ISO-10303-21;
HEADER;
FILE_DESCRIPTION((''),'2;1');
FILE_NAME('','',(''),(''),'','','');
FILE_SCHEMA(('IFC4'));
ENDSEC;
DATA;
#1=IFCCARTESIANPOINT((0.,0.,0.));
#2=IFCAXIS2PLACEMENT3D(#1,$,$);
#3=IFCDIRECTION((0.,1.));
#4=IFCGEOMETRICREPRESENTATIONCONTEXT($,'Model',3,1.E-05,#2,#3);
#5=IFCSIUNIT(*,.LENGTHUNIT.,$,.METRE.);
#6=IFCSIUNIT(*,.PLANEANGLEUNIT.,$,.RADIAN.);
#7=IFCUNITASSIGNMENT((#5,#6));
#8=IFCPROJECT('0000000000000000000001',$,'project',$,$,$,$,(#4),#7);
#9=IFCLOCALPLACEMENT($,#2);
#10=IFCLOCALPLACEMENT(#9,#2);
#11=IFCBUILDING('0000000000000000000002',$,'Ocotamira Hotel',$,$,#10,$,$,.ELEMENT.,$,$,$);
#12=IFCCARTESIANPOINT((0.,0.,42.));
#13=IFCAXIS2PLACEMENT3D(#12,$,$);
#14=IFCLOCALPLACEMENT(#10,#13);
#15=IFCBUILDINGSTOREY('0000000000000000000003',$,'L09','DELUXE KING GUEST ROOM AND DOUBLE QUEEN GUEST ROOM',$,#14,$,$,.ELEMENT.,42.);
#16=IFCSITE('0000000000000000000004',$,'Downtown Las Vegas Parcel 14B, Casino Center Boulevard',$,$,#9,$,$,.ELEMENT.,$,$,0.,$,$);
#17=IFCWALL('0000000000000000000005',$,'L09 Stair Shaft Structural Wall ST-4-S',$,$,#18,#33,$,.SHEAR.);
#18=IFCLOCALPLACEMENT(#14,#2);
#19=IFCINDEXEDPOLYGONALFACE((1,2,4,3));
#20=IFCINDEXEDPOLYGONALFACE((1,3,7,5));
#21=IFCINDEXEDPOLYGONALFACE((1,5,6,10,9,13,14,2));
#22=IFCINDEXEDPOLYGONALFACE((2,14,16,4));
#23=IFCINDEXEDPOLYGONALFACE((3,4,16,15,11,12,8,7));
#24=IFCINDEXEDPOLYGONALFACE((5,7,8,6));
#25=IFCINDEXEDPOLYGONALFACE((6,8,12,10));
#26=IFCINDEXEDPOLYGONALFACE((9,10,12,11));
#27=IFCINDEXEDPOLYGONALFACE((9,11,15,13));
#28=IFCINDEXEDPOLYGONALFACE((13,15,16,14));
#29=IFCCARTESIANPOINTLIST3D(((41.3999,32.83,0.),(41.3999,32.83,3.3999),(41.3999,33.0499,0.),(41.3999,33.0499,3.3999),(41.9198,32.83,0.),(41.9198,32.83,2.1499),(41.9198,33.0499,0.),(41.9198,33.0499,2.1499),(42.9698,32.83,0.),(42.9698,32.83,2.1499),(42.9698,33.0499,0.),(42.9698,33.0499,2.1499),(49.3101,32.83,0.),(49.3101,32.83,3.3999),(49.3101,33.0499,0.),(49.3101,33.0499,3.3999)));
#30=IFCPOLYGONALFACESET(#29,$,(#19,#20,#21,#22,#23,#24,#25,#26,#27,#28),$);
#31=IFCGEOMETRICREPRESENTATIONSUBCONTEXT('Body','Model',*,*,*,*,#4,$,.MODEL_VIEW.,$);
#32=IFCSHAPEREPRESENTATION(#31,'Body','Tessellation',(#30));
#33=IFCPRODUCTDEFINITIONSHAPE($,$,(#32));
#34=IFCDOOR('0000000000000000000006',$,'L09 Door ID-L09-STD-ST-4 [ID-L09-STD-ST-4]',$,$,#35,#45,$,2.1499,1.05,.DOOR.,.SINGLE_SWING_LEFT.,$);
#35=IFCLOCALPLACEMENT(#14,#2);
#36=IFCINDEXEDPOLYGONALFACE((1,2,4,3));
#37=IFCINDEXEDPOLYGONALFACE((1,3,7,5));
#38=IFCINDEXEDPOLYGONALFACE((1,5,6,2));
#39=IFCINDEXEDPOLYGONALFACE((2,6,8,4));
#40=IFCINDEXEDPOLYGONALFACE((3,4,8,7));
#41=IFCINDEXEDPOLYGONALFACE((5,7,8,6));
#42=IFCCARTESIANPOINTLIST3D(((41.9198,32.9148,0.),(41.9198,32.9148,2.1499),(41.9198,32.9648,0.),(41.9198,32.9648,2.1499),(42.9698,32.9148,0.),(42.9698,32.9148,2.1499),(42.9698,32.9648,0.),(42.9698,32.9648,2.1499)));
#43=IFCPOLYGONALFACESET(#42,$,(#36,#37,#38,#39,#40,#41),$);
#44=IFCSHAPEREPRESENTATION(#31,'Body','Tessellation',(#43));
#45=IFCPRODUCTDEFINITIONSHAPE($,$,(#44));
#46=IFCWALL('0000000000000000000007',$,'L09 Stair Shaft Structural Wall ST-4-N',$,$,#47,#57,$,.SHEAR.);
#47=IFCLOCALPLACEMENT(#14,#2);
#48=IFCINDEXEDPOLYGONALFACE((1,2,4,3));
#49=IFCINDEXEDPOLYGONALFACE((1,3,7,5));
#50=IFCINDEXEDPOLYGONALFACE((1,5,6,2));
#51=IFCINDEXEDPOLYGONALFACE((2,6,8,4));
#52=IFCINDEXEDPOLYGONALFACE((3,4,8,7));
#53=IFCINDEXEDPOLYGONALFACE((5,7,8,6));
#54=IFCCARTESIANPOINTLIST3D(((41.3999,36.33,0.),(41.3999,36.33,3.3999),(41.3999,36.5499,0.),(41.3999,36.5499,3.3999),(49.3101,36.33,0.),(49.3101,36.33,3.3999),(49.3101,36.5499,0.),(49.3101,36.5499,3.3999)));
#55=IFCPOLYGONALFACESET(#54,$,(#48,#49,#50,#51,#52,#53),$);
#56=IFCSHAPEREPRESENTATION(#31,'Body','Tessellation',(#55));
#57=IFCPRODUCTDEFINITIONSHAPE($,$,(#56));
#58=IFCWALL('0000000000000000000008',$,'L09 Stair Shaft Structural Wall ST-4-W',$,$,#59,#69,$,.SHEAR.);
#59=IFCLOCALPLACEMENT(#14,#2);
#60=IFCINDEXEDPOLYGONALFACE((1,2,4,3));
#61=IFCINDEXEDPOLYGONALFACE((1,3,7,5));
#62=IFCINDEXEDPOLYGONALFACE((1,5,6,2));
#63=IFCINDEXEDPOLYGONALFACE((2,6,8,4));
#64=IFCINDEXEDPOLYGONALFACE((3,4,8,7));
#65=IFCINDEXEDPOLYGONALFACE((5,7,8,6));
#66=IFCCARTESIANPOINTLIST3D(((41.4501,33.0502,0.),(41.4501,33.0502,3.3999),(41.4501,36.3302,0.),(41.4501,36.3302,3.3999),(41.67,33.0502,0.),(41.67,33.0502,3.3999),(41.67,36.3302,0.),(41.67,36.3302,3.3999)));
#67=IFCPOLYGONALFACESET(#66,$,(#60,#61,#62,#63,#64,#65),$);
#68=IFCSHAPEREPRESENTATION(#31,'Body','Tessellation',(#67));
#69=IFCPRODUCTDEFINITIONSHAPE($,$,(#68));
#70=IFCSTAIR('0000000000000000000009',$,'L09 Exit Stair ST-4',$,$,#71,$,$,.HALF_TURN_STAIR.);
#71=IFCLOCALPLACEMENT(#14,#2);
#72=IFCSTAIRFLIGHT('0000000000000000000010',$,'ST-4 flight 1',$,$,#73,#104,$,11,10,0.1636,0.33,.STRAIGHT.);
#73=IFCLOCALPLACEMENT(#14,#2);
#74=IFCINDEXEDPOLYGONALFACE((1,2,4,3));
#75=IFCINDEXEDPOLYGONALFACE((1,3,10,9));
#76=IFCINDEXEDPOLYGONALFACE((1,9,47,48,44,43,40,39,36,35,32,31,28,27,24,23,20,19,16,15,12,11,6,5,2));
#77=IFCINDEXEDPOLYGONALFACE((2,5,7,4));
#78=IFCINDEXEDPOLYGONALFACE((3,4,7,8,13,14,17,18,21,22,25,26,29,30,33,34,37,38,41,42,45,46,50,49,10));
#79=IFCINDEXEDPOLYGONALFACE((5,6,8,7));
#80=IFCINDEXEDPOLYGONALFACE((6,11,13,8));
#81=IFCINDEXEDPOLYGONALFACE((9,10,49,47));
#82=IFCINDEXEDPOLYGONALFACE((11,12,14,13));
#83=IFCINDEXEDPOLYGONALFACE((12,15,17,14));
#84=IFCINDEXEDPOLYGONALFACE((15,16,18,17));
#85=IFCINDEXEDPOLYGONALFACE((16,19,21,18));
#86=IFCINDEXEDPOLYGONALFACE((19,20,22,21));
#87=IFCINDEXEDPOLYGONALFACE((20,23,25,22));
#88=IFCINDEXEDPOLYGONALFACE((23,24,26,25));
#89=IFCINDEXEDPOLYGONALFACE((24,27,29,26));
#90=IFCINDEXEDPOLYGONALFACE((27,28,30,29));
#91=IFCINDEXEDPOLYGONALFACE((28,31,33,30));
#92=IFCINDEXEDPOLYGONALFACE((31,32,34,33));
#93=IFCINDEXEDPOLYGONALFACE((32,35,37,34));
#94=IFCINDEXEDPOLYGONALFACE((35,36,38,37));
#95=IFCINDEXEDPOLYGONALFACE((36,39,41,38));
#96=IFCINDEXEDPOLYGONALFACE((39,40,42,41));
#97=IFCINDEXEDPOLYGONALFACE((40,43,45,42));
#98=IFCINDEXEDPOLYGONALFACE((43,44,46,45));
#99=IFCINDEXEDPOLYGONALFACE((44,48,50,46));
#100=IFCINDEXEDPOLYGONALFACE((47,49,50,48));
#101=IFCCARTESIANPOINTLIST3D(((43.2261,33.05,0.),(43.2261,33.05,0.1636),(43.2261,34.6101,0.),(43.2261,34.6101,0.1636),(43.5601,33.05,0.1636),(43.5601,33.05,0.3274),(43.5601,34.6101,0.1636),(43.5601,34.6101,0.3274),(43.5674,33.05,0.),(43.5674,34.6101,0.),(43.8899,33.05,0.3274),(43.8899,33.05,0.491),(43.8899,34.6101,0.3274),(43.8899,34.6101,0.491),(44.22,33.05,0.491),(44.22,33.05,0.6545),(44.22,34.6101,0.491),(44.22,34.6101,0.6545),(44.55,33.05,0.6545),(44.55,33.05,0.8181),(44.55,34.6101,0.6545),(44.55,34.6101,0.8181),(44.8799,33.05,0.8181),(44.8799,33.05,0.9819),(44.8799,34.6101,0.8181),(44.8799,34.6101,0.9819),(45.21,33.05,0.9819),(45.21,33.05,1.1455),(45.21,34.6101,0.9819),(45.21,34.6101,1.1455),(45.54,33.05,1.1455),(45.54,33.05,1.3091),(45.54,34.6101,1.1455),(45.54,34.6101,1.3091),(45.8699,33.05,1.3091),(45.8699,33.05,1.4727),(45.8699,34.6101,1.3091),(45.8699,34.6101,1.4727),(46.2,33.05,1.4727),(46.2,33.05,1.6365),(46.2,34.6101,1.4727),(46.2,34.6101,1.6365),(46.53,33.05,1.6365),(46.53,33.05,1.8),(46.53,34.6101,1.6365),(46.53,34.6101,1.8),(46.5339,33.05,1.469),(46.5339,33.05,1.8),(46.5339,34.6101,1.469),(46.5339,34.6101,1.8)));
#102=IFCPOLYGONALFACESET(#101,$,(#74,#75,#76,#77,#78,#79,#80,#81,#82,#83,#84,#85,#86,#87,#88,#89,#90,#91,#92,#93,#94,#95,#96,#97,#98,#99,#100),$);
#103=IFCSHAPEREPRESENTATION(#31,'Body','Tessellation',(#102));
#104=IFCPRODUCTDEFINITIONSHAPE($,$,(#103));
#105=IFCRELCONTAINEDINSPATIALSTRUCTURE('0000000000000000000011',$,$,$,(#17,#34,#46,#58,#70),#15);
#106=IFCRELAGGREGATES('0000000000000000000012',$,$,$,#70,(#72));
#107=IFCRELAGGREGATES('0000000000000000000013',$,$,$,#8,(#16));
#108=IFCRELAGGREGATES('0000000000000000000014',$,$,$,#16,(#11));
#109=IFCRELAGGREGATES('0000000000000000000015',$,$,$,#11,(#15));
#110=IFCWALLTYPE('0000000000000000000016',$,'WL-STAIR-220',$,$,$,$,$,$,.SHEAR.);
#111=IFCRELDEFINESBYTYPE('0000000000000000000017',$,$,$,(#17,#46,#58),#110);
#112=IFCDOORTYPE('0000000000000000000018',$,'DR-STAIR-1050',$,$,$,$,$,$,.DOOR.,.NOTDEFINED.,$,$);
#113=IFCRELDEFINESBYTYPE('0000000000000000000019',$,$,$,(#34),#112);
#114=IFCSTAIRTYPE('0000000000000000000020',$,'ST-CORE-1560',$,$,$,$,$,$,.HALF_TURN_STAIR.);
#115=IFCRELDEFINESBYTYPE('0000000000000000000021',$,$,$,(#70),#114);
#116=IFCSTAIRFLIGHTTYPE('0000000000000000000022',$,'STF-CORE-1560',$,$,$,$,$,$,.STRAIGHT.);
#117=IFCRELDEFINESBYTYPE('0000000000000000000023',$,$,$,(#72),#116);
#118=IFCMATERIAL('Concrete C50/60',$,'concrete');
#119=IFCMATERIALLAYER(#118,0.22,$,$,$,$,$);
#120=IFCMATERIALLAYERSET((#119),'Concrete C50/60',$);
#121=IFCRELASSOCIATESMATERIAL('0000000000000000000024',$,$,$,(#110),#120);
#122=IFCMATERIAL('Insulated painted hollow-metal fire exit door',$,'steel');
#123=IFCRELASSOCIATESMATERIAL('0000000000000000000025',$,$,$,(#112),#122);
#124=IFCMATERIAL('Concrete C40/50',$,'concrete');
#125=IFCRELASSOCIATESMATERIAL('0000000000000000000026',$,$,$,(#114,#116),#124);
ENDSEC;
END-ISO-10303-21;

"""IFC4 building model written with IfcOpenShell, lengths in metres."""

from ifc_helpers import new_model, si_unit, direction, frame, frame_2d, origin, place, context, subcontext, project, spatial, polyline, rectangle, outline, extrude, source, transform, mapped, material, layer, layer_set, type_object, element, fill, aggregate, save


model = new_model("IFC4")

# Units and contexts
model_context = context("Model", 3, precision=1e-05, world=origin(), true_north=direction((0.0, 1.0)))
body_context = subcontext(model_context, "Body", "Model", "MODEL_VIEW")
ifc_project = project(units=[si_unit("LENGTHUNIT", "METRE"), si_unit("PLANEANGLEUNIT", "RADIAN")], contexts=[model_context])

# Site, building, storey
site_placement = place(None, origin())
site = spatial("IfcSite", under=ifc_project, at=site_placement, Name="Downtown Las Vegas Parcel 14B, Casino Center Boulevard", CompositionType="ELEMENT", RefElevation=0.0)
building_placement = place(site_placement, origin())
building = spatial("IfcBuilding", under=site, at=building_placement, Name="Ocotamira Hotel", CompositionType="ELEMENT")
storey_placement = place(building_placement, frame((0.0, 0.0, 42.0)))
storey = spatial("IfcBuildingStorey", under=building, at=storey_placement, Name="L09", Description="DELUXE KING GUEST ROOM AND DOUBLE QUEEN GUEST ROOM", CompositionType="ELEMENT", Elevation=42.0)

# Wall, opening, door
ifc_material_1 = material(Name="Concrete C50/60", Category="concrete")
ifc_layer_1 = layer(ifc_material_1, 0.22)
ifc_layer_set_1 = layer_set([ifc_layer_1], Name="Concrete C50/60")
wall_type_1 = type_object("IfcWallType", Name="WL-STAIR-220", PredefinedType="SHEAR", material=ifc_layer_set_1)
wall_1_placement = place(storey_placement, frame((41.3999, 32.9399, 0.0), z_axis=(0.0, 0.0, 1.0), x_axis=(1.0, 0.0, 0.0)))
wall_1 = element("IfcWall", 1, at=wall_1_placement, inside=storey, type_object=wall_type_1, Name="L09 Stair Shaft Structural Wall ST-4-S", PredefinedType="SHEAR", context=body_context, shape_type="SweptSolid", body=[
    extrude(rectangle(XDim=7.9102, YDim=0.22, at=frame_2d((3.9551, 0.0))), origin(), (0.0, 0.0, 1.0), 3.3999),
])
opening_1_placement = place(wall_1_placement, frame((0.52, 0.0, 0.0)))
opening_1 = element("IfcOpeningElement", 2, at=opening_1_placement, cuts=wall_1, PredefinedType="OPENING", context=body_context, shape_type="SweptSolid", body=[
    extrude(rectangle(XDim=1.05, YDim=2.1499, at=frame_2d((0.5249, 1.075))), frame((0.0, 0.1201, 0.0), z_axis=(0.0, -1.0, 0.0), x_axis=(1.0, 0.0, 0.0)), (0.0, 0.0, 1.0), 0.24),
])
ifc_material_2 = material(Name="Insulated painted hollow-metal fire exit door", Category="steel")
door_type_1 = type_object("IfcDoorType", Name="DR-STAIR-1050", OperationType="NOTDEFINED", PredefinedType="DOOR", material=ifc_material_2)
shared_shape_1 = source(origin(), body_context, "Body", "SweptSolid", [
    extrude(rectangle(XDim=1.05, YDim=2.1499, at=frame_2d((0.5249, 1.075))), frame((0.0, 0.0249, 0.0), z_axis=(0.0, -1.0, 0.0), x_axis=(1.0, 0.0, 0.0)), (0.0, 0.0, 1.0), 0.05),
])
door_1_placement = place(opening_1_placement, origin())
door_1 = element("IfcDoor", 3, at=door_1_placement, inside=storey, type_object=door_type_1, Name="L09 Door ID-L09-STD-ST-4 [ID-L09-STD-ST-4]", OperationType="SINGLE_SWING_LEFT", OverallHeight=2.1499, OverallWidth=1.05, PredefinedType="DOOR", context=body_context, shape_type="MappedRepresentation", body=[
    mapped(shared_shape_1, transform((0.0, 0.0, 0.0), scale=1.0)),
])
fill(opening_1, door_1)

# Walls
wall_2_placement = place(storey_placement, frame((41.3999, 36.4399, 0.0), z_axis=(0.0, 0.0, 1.0), x_axis=(1.0, 0.0, 0.0)))
element("IfcWall", 4, at=wall_2_placement, inside=storey, type_object=wall_type_1, Name="L09 Stair Shaft Structural Wall ST-4-N", PredefinedType="SHEAR", context=body_context, shape_type="SweptSolid", body=[
    extrude(rectangle(XDim=7.9102, YDim=0.22, at=frame_2d((3.9551, 0.0))), origin(), (0.0, 0.0, 1.0), 3.3999),
])
wall_3_placement = place(storey_placement, frame((41.5601, 33.05, 0.0), z_axis=(0.0, 0.0, 1.0), x_axis=(0.0, 1.0, 0.0)))
element("IfcWall", 5, at=wall_3_placement, inside=storey, type_object=wall_type_1, Name="L09 Stair Shaft Structural Wall ST-4-W", PredefinedType="SHEAR", context=body_context, shape_type="SweptSolid", body=[
    extrude(rectangle(XDim=3.28, YDim=0.22, at=frame_2d((1.6401, 0.0))), origin(), (0.0, 0.0, 1.0), 3.3999),
])

# Stair, stair flight
ifc_material_3 = material(Name="Concrete C40/50", Category="concrete")
stair_type = type_object("IfcStairType", Name="ST-CORE-1560", PredefinedType="HALF_TURN_STAIR", material=ifc_material_3)
stair_placement = place(storey_placement, origin())
stair = element("IfcStair", 6, at=stair_placement, inside=storey, type_object=stair_type, Name="L09 Exit Stair ST-4", PredefinedType="HALF_TURN_STAIR")
stair_flight_type = type_object("IfcStairFlightType", Name="STF-CORE-1560", PredefinedType="STRAIGHT", material=ifc_material_3)
shared_shape_2 = source(origin(), body_context, "Body", "SweptSolid", [
    extrude(outline(polyline([(-0.0039, 0.0), (-0.0039, 0.1636), (0.3301, 0.1636), (0.3301, 0.3274), (0.6599, 0.3274), (0.6599, 0.491), (0.99, 0.491), (0.99, 0.6545), (1.3201, 0.6545), (1.3201, 0.8181), (1.6499, 0.8181), (1.6499, 0.9819), (1.98, 0.9819), (1.98, 1.1455), (2.3101, 1.1455), (2.3101, 1.3091), (2.6399, 1.3091), (2.6399, 1.4727), (2.97, 1.4727), (2.97, 1.6365), (3.3, 1.6365), (3.3, 1.8), (3.304, 1.8), (3.304, 1.469), (0.3374, 0.0), (-0.0039, 0.0)])), frame((0.0, 0.78, 0.0), z_axis=(0.0, -1.0, 0.0), x_axis=(1.0, 0.0, 0.0)), (0.0, 0.0, 1.0), 1.5601),
])
stair_flight_placement = place(storey_placement, frame((43.23, 33.8301, 0.0), z_axis=(0.0, 0.0, 1.0), x_axis=(1.0, 0.0, 0.0)))
stair_flight = element("IfcStairFlight", 7, at=stair_flight_placement, type_object=stair_flight_type, Name="ST-4 flight 1", NumberOfRisers=11, NumberOfTreads=10, PredefinedType="STRAIGHT", RiserHeight=0.1636, TreadLength=0.33, context=body_context, shape_type="MappedRepresentation", body=[
    mapped(shared_shape_2, transform((0.0, 0.0, 0.0), scale=1.0)),
])
aggregate(stair, [stair_flight])

save(model, "model.ifc")
